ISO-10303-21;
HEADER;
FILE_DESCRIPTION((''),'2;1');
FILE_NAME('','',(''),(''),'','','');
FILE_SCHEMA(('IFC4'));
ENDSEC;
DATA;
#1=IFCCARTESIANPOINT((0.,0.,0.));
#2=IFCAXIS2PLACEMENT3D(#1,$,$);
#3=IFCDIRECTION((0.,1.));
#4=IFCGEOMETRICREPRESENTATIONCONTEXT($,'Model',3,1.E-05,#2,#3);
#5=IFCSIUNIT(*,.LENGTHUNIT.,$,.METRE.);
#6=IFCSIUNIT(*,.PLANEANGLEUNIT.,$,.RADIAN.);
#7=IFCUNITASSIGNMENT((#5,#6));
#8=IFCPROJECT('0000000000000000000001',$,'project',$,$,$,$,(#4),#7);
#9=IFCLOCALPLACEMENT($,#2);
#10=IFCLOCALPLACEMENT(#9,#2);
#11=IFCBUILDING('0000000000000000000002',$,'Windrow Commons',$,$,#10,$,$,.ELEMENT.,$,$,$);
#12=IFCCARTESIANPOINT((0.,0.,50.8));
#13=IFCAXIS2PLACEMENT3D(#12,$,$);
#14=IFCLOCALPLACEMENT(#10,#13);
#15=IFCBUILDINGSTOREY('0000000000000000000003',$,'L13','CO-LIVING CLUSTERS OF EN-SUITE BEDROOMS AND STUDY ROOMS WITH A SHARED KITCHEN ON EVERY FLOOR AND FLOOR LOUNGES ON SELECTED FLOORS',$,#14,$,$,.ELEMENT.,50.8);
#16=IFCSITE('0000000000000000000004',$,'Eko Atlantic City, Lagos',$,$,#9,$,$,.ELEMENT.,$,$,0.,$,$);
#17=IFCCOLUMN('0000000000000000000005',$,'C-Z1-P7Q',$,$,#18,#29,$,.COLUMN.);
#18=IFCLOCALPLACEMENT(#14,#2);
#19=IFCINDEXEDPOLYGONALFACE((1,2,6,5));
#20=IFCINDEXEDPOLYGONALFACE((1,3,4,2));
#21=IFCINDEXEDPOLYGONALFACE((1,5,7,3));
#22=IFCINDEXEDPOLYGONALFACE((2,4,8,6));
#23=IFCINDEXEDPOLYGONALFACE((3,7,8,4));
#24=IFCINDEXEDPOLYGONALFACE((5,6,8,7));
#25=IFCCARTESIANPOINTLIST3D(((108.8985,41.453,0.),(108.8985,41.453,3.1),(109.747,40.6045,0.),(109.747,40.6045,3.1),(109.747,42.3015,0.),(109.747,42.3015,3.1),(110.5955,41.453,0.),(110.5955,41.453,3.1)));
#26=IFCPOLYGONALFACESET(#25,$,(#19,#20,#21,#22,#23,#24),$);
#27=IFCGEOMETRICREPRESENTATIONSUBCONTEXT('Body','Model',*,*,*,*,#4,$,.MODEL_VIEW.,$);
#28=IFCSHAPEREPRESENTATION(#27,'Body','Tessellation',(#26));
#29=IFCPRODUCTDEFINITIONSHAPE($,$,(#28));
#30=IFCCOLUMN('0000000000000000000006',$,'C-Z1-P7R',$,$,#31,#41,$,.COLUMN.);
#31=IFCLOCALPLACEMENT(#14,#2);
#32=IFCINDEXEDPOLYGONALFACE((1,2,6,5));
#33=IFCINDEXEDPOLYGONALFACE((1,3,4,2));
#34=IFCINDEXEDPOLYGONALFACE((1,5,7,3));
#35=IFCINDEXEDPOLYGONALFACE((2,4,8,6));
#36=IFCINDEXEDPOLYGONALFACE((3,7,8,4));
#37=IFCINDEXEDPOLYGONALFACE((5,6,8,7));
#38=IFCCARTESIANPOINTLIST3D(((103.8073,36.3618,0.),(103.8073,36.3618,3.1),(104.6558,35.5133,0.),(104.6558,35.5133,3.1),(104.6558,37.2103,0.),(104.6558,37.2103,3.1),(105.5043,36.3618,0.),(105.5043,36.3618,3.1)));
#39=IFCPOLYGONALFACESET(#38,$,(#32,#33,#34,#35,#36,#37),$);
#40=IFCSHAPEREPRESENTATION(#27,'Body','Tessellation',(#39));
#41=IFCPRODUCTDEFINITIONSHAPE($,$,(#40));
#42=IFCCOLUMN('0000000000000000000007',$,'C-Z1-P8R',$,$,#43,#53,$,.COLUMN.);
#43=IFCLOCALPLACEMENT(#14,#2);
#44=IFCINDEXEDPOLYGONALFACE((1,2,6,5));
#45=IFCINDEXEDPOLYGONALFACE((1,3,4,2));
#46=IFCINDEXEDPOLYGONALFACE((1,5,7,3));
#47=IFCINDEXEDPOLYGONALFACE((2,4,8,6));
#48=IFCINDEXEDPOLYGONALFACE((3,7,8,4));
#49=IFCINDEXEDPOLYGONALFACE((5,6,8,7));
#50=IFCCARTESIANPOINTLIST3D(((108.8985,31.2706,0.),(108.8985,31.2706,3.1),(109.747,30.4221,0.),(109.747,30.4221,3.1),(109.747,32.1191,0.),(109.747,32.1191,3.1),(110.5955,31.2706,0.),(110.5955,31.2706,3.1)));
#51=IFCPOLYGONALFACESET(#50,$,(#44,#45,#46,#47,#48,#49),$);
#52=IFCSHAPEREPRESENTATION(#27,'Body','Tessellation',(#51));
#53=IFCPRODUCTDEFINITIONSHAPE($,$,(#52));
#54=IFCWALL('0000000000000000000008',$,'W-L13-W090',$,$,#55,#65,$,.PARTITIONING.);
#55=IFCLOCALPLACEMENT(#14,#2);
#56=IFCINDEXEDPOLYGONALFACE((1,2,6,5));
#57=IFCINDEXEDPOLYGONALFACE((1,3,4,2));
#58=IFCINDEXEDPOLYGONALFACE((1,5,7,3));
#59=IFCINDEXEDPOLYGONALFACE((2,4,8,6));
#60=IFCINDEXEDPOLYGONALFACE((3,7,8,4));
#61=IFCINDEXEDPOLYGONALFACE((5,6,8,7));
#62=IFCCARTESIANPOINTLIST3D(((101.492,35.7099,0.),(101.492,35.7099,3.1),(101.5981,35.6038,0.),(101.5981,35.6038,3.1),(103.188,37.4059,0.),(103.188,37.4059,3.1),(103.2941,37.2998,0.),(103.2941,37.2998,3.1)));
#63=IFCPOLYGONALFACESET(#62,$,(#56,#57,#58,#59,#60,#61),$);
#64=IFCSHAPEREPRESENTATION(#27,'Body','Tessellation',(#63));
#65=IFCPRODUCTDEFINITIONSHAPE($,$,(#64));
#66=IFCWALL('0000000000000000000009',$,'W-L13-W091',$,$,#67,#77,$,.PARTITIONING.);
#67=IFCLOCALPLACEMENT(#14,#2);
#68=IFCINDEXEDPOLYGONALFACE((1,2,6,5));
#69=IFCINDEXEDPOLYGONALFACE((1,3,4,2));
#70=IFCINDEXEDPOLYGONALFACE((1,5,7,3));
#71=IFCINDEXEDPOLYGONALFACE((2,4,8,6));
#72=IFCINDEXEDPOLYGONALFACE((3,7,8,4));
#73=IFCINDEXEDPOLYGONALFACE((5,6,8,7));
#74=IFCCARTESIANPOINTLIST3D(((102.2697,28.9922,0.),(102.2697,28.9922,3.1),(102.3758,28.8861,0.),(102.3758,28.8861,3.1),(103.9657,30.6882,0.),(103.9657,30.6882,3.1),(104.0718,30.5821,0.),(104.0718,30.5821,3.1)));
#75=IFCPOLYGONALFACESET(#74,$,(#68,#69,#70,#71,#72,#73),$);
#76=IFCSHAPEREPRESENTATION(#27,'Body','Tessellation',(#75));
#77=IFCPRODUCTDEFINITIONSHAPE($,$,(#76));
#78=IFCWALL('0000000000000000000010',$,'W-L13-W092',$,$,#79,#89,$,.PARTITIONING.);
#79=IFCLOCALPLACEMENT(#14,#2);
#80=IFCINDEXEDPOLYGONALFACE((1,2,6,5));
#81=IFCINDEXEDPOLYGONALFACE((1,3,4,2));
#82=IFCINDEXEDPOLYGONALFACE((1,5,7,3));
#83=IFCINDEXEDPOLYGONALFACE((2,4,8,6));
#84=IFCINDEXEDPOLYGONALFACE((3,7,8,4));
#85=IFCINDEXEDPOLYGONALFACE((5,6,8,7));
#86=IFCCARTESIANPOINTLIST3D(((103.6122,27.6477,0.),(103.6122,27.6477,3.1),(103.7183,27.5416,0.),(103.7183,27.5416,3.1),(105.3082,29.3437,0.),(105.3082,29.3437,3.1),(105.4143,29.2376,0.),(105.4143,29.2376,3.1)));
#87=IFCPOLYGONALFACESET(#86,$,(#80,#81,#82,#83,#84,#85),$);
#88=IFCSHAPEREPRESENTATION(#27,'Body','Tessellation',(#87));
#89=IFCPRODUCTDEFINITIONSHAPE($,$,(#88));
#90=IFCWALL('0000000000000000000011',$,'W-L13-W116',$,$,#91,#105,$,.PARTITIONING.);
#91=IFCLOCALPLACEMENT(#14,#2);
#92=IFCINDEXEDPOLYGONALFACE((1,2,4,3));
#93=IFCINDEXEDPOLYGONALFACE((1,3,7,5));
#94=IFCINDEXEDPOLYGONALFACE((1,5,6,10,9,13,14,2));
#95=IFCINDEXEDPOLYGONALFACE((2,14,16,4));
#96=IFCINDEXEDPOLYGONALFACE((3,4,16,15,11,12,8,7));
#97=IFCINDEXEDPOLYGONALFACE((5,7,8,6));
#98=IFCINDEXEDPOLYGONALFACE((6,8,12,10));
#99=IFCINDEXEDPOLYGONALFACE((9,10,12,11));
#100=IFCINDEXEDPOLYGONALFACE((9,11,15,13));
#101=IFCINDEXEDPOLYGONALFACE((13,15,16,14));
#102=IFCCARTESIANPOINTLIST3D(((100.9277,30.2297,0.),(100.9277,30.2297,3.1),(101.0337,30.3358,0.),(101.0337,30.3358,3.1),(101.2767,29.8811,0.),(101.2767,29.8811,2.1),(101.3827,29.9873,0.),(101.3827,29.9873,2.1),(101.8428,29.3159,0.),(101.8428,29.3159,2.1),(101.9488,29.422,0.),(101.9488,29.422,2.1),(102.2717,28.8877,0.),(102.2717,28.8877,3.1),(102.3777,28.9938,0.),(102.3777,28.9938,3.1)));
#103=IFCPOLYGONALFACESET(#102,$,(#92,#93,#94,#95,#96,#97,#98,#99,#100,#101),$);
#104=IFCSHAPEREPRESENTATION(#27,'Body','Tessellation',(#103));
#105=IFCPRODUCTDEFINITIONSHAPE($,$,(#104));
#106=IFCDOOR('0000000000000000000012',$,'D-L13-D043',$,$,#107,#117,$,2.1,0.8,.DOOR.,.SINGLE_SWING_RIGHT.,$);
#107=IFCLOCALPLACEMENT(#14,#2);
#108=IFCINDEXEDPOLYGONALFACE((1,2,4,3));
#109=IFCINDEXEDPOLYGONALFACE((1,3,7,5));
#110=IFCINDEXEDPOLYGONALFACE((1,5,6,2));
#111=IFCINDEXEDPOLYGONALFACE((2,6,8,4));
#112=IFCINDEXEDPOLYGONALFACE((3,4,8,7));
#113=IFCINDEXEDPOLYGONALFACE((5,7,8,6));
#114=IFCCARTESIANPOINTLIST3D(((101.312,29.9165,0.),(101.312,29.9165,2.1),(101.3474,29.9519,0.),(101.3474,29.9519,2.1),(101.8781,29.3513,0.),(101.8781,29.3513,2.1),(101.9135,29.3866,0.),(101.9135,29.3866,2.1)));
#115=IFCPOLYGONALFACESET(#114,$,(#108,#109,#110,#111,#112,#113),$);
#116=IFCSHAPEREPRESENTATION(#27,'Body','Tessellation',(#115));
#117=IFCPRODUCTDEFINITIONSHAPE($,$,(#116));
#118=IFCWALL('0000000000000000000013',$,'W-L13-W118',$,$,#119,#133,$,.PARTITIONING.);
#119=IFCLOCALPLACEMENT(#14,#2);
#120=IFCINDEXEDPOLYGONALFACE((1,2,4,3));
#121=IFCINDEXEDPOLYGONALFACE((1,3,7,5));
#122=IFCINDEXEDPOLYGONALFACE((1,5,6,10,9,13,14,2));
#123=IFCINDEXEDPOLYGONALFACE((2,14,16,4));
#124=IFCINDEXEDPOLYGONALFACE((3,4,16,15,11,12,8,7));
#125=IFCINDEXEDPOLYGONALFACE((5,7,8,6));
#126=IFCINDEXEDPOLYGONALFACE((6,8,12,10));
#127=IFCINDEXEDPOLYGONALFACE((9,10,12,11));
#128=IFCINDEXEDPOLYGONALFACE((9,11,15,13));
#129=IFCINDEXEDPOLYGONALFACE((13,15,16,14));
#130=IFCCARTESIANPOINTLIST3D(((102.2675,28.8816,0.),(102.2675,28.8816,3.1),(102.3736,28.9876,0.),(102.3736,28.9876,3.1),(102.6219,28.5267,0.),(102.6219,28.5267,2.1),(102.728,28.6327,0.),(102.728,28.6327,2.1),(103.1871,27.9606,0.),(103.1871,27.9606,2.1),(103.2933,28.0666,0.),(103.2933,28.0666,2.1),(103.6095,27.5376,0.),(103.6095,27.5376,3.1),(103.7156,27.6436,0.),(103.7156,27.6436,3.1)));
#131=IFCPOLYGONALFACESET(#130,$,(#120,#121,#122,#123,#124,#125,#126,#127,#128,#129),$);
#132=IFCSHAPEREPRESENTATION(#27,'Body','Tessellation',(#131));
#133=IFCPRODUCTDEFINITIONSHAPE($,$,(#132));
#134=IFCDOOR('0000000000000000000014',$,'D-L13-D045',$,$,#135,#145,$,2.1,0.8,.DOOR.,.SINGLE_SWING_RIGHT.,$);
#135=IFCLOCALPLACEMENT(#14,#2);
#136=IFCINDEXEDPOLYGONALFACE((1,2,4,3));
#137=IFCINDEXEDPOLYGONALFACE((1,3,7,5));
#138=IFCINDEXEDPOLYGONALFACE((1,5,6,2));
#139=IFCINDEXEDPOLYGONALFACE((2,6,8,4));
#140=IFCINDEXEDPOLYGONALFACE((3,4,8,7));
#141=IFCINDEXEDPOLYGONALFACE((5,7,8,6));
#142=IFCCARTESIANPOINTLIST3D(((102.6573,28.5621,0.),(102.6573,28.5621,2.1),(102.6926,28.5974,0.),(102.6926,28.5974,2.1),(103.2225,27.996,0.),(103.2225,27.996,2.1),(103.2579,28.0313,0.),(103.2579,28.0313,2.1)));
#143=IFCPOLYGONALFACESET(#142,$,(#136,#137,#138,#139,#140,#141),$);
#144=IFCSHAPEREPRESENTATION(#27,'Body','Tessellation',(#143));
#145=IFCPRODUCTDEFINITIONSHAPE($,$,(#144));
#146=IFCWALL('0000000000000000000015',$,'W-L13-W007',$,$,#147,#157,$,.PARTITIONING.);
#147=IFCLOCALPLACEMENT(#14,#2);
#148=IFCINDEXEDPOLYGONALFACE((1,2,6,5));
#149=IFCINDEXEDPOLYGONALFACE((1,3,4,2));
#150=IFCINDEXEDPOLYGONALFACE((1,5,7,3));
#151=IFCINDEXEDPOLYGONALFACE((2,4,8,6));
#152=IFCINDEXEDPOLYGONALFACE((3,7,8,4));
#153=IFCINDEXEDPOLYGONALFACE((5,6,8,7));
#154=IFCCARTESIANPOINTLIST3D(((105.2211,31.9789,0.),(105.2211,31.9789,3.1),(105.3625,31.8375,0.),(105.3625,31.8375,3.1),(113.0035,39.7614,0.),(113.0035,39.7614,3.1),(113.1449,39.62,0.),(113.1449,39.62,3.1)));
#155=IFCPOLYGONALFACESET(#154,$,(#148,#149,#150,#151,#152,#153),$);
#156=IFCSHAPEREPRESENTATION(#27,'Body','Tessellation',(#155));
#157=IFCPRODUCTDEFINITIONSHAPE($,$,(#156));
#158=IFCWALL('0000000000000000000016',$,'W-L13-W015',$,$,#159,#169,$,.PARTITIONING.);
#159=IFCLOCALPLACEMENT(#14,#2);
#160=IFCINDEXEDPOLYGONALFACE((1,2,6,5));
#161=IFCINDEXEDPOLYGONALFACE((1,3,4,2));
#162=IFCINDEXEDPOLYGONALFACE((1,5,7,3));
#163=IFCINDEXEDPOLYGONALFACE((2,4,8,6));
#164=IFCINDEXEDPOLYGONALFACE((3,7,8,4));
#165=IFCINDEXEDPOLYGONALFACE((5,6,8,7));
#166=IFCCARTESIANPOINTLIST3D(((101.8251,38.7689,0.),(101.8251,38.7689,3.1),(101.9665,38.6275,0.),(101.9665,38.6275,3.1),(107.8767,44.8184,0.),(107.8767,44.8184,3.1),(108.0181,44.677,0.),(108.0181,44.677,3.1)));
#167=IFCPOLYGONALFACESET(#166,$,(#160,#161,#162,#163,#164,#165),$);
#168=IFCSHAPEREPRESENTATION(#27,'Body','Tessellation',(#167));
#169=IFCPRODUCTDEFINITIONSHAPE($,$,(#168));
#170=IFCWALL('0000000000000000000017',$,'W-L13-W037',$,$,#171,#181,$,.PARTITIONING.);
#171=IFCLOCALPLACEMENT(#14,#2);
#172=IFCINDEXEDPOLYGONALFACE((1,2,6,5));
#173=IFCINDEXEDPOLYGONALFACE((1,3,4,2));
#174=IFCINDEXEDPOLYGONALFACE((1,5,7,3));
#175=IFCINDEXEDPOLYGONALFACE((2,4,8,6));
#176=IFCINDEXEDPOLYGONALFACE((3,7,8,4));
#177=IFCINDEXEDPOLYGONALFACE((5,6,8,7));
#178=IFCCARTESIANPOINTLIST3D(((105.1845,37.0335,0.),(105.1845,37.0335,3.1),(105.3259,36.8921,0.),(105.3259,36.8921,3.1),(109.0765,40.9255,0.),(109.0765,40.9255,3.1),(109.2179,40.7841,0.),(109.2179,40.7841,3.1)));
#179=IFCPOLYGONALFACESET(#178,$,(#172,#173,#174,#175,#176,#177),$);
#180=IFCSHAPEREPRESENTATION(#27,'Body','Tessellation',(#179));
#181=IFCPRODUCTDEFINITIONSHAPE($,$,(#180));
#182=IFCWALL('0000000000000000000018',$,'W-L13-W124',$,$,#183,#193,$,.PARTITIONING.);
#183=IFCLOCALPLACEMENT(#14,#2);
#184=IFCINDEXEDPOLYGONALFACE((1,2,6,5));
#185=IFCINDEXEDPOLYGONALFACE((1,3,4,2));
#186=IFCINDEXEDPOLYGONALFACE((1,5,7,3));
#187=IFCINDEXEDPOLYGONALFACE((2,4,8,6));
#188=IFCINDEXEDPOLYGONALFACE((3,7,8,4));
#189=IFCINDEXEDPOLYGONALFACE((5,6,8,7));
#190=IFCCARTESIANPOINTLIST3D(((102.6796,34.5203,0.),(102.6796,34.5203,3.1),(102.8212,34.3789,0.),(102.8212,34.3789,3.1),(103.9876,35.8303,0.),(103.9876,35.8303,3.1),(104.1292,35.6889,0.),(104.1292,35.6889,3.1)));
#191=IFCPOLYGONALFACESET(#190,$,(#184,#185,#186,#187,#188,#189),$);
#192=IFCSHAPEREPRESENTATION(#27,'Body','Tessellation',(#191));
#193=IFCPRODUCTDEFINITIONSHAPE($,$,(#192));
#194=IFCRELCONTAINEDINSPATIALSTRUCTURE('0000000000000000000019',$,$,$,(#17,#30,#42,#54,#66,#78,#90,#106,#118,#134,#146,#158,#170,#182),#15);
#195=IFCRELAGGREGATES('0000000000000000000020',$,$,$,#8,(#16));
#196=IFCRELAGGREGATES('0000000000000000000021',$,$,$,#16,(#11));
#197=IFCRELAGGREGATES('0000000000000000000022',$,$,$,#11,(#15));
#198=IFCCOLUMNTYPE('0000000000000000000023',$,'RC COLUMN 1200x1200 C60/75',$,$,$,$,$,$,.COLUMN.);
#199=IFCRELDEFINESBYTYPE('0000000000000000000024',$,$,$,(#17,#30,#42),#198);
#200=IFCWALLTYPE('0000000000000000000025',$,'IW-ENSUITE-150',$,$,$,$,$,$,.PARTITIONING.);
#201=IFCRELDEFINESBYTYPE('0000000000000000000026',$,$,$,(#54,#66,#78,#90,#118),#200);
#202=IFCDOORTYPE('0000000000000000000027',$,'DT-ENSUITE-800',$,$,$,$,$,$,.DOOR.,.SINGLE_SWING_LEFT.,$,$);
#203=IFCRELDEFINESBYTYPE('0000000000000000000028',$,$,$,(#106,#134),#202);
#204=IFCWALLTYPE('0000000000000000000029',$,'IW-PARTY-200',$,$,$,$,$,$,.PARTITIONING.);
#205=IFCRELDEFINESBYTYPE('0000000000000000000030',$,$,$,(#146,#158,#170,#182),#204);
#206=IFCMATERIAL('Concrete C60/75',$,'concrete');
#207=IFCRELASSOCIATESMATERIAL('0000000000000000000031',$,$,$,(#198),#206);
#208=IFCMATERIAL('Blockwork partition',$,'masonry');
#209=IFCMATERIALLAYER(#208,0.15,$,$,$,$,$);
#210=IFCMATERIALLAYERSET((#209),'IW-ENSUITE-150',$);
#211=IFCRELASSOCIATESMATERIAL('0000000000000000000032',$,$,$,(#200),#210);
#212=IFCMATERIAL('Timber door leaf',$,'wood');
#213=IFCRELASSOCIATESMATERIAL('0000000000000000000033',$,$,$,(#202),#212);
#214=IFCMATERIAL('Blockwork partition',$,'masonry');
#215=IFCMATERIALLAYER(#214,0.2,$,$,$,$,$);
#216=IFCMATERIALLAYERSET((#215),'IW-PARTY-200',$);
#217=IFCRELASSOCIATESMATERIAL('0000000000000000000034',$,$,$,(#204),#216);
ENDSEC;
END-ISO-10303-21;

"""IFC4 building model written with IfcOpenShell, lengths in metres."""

from ifc_helpers import new_model, si_unit, direction, frame, frame_2d, origin, origin_2d, place, context, subcontext, project, spatial, rectangle, extrude, material, layer, layer_set, material_profile, profile_set, type_object, element, fill, save


model = new_model("IFC4")

# Units and contexts
model_context = context("Model", 3, precision=1e-05, world=origin(), true_north=direction((0.0, 1.0)))
body_context = subcontext(model_context, "Body", "Model", "MODEL_VIEW")
ifc_project = project(units=[si_unit("LENGTHUNIT", "METRE"), si_unit("PLANEANGLEUNIT", "RADIAN")], contexts=[model_context])

# Site, building, storey
site_placement = place(None, origin())
site = spatial("IfcSite", under=ifc_project, at=site_placement, Name="Eko Atlantic City, Lagos", CompositionType="ELEMENT", RefElevation=0.0)
building_placement = place(site_placement, origin())
building = spatial("IfcBuilding", under=site, at=building_placement, Name="Windrow Commons", CompositionType="ELEMENT")
storey_placement = place(building_placement, frame((0.0, 0.0, 50.8)))
storey = spatial("IfcBuildingStorey", under=building, at=storey_placement, Name="L13", Description="CO-LIVING CLUSTERS OF EN-SUITE BEDROOMS AND STUDY ROOMS WITH A SHARED KITCHEN ON EVERY FLOOR AND FLOOR LOUNGES ON SELECTED FLOORS", CompositionType="ELEMENT", Elevation=50.8)

# Columns
ifc_material_1 = material(Name="Concrete C60/75", Category="concrete")
ifc_material_profile = material_profile(ifc_material_1, rectangle(XDim=1.2, YDim=1.2, at=origin_2d()))
ifc_profile_set = profile_set([ifc_material_profile], Name="Concrete C60/75")
column_type = type_object("IfcColumnType", Name="RC COLUMN 1200x1200 C60/75", PredefinedType="COLUMN", material=ifc_profile_set)
for number, where, z_axis, x_axis, name in (
    (1, (109.747, 41.453, 0.0), (0.0, 0.0, 1.0), (0.707107, -0.707107, 0.0), "C-Z1-P7Q"),
    (2, (104.6558, 36.3618, 0.0), (0.0, 0.0, 1.0), (0.707107, -0.707107, 0.0), "C-Z1-P7R"),
    (3, (109.747, 31.2706, 0.0), (0.0, 0.0, 1.0), (0.707107, -0.707107, 0.0), "C-Z1-P8R"),
):
    element("IfcColumn", number, at=place(storey_placement, frame(where, z_axis=z_axis, x_axis=x_axis)), inside=storey, type_object=column_type, Name=name, PredefinedType="COLUMN", context=body_context, shape_type="SweptSolid", body=[
        extrude(rectangle(XDim=1.2, YDim=1.2, at=origin_2d()), origin(), (0.0, 0.0, 1.0), 3.1),
    ])

# Walls
ifc_material_2 = material(Name="Blockwork partition", Category="masonry")
ifc_layer_1 = layer(ifc_material_2, 0.15)
ifc_layer_set_1 = layer_set([ifc_layer_1], Name="IW-ENSUITE-150")
wall_type_1 = type_object("IfcWallType", Name="IW-ENSUITE-150", PredefinedType="PARTITIONING", material=ifc_layer_set_1)
for number, where, z_axis, x_axis, name in (
    (4, (101.5451, 35.6569, 0.0), (0.0, 0.0, 1.0), (0.707107, 0.707107, 0.0), "W-L13-W090"),
    (5, (102.3228, 28.9392, 0.0), (0.0, 0.0, 1.0), (0.707107, 0.707107, 0.0), "W-L13-W091"),
    (6, (103.6653, 27.5947, 0.0), (0.0, 0.0, 1.0), (0.707107, 0.707107, 0.0), "W-L13-W092"),
):
    element("IfcWall", number, at=place(storey_placement, frame(where, z_axis=z_axis, x_axis=x_axis)), inside=storey, type_object=wall_type_1, Name=name, PredefinedType="PARTITIONING", context=body_context, shape_type="SweptSolid", body=[
        extrude(rectangle(XDim=2.3985, YDim=0.15, at=frame_2d((1.1992, 0.0))), origin(), (0.0, 0.0, 1.0), 3.1),
    ])

# Walls, openings, doors
wall_1_placement = place(storey_placement, frame((100.9807, 30.2827, 0.0), z_axis=(0.0, 0.0, 1.0), x_axis=(0.707633, -0.70658, 0.0)))
wall_1 = element("IfcWall", 7, at=wall_1_placement, inside=storey, type_object=wall_type_1, Name="W-L13-W116", PredefinedType="PARTITIONING", context=body_context, shape_type="SweptSolid", body=[
    extrude(rectangle(XDim=1.8993, YDim=0.15, at=frame_2d((0.9496, 0.0))), origin(), (0.0, 0.0, 1.0), 3.1),
])
opening_1_placement = place(wall_1_placement, frame((0.4932, 0.0, 0.0)))
opening_1 = element("IfcOpeningElement", 8, at=opening_1_placement, cuts=wall_1, PredefinedType="OPENING", context=body_context, shape_type="SweptSolid", body=[
    extrude(rectangle(XDim=0.8, YDim=2.1, at=frame_2d((0.4, 1.05))), frame((0.0, 0.085, 0.0), z_axis=(0.0, -1.0, 0.0), x_axis=(1.0, 0.0, 0.0)), (0.0, 0.0, 1.0), 0.17),
])
ifc_material_3 = material(Name="Timber door leaf", Category="wood")
door_type = type_object("IfcDoorType", Name="DT-ENSUITE-800", OperationType="SINGLE_SWING_LEFT", PredefinedType="DOOR", material=ifc_material_3)
door_1_placement = place(opening_1_placement, origin())
door_1 = element("IfcDoor", 9, at=door_1_placement, inside=storey, type_object=door_type, Name="D-L13-D043", OperationType="SINGLE_SWING_RIGHT", OverallHeight=2.1, OverallWidth=0.8, PredefinedType="DOOR", context=body_context, shape_type="SweptSolid", body=[
    extrude(rectangle(XDim=0.8, YDim=2.1, at=frame_2d((0.4, 1.05))), frame((0.0, 0.025, 0.0), z_axis=(0.0, -1.0, 0.0), x_axis=(1.0, 0.0, 0.0)), (0.0, 0.0, 1.0), 0.05),
])
fill(opening_1, door_1)
wall_2_placement = place(storey_placement, frame((102.3206, 28.9346, 0.0), z_axis=(0.0, 0.0, 1.0), x_axis=(0.70658, -0.707633, 0.0)))
wall_2 = element("IfcWall", 10, at=wall_2_placement, inside=storey, type_object=wall_type_1, Name="W-L13-W118", PredefinedType="PARTITIONING", context=body_context, shape_type="SweptSolid", body=[
    extrude(rectangle(XDim=1.8993, YDim=0.15, at=frame_2d((0.9496, 0.0))), origin(), (0.0, 0.0, 1.0), 3.1),
])
opening_2_placement = place(wall_2_placement, frame((0.5015, 0.0, 0.0)))
opening_2 = element("IfcOpeningElement", 11, at=opening_2_placement, cuts=wall_2, PredefinedType="OPENING", context=body_context, shape_type="SweptSolid", body=[
    extrude(rectangle(XDim=0.8, YDim=2.1, at=frame_2d((0.4, 1.05))), frame((0.0, 0.085, 0.0), z_axis=(0.0, -1.0, 0.0), x_axis=(1.0, 0.0, 0.0)), (0.0, 0.0, 1.0), 0.17),
])
door_2_placement = place(opening_2_placement, origin())
door_2 = element("IfcDoor", 12, at=door_2_placement, inside=storey, type_object=door_type, Name="D-L13-D045", OperationType="SINGLE_SWING_RIGHT", OverallHeight=2.1, OverallWidth=0.8, PredefinedType="DOOR", context=body_context, shape_type="SweptSolid", body=[
    extrude(rectangle(XDim=0.8, YDim=2.1, at=frame_2d((0.4, 1.05))), frame((0.0, 0.025, 0.0), z_axis=(0.0, -1.0, 0.0), x_axis=(1.0, 0.0, 0.0)), (0.0, 0.0, 1.0), 0.05),
])
fill(opening_2, door_2)

# Walls
ifc_material_4 = material(Name="Blockwork partition", Category="masonry")
ifc_layer_2 = layer(ifc_material_4, 0.2)
ifc_layer_set_2 = layer_set([ifc_layer_2], Name="IW-PARTY-200")
wall_type_2 = type_object("IfcWallType", Name="IW-PARTY-200", PredefinedType="PARTITIONING", material=ifc_layer_set_2)
wall_3_placement = place(storey_placement, frame((105.2918, 31.9082, 0.0), z_axis=(0.0, 0.0, 1.0), x_axis=(0.707102, 0.707111, 0.0)))
element("IfcWall", 13, at=wall_3_placement, inside=storey, type_object=wall_type_2, Name="W-L13-W007", PredefinedType="PARTITIONING", context=body_context, shape_type="SweptSolid", body=[
    extrude(rectangle(XDim=11.006, YDim=0.2, at=frame_2d((5.503, 0.0))), origin(), (0.0, 0.0, 1.0), 3.1),
])
wall_4_placement = place(storey_placement, frame((101.8958, 38.6982, 0.0), z_axis=(0.0, 0.0, 1.0), x_axis=(0.707229, 0.706984, 0.0)))
element("IfcWall", 14, at=wall_4_placement, inside=storey, type_object=wall_type_2, Name="W-L13-W015", PredefinedType="PARTITIONING", context=body_context, shape_type="SweptSolid", body=[
    extrude(rectangle(XDim=8.5568, YDim=0.2, at=frame_2d((4.2784, 0.0))), origin(), (0.0, 0.0, 1.0), 3.1),
])
wall_5_placement = place(storey_placement, frame((105.2552, 36.9628, 0.0), z_axis=(0.0, 0.0, 1.0), x_axis=(0.707107, 0.707107, 0.0)))
element("IfcWall", 15, at=wall_5_placement, inside=storey, type_object=wall_type_2, Name="W-L13-W037", PredefinedType="PARTITIONING", context=body_context, shape_type="SweptSolid", body=[
    extrude(rectangle(XDim=5.5041, YDim=0.2, at=frame_2d((2.7521, 0.0))), origin(), (0.0, 0.0, 1.0), 3.1),
])
wall_6_placement = place(storey_placement, frame((102.7504, 34.4496, 0.0), z_axis=(0.0, 0.0, 1.0), x_axis=(0.706566, 0.707647, 0.0)))
element("IfcWall", 16, at=wall_6_placement, inside=storey, type_object=wall_type_2, Name="W-L13-W124", PredefinedType="PARTITIONING", context=body_context, shape_type="SweptSolid", body=[
    extrude(rectangle(XDim=1.8512, YDim=0.2, at=frame_2d((0.9256, 0.0))), origin(), (0.0, 0.0, 1.0), 3.1),
])

save(model, "model.ifc")
